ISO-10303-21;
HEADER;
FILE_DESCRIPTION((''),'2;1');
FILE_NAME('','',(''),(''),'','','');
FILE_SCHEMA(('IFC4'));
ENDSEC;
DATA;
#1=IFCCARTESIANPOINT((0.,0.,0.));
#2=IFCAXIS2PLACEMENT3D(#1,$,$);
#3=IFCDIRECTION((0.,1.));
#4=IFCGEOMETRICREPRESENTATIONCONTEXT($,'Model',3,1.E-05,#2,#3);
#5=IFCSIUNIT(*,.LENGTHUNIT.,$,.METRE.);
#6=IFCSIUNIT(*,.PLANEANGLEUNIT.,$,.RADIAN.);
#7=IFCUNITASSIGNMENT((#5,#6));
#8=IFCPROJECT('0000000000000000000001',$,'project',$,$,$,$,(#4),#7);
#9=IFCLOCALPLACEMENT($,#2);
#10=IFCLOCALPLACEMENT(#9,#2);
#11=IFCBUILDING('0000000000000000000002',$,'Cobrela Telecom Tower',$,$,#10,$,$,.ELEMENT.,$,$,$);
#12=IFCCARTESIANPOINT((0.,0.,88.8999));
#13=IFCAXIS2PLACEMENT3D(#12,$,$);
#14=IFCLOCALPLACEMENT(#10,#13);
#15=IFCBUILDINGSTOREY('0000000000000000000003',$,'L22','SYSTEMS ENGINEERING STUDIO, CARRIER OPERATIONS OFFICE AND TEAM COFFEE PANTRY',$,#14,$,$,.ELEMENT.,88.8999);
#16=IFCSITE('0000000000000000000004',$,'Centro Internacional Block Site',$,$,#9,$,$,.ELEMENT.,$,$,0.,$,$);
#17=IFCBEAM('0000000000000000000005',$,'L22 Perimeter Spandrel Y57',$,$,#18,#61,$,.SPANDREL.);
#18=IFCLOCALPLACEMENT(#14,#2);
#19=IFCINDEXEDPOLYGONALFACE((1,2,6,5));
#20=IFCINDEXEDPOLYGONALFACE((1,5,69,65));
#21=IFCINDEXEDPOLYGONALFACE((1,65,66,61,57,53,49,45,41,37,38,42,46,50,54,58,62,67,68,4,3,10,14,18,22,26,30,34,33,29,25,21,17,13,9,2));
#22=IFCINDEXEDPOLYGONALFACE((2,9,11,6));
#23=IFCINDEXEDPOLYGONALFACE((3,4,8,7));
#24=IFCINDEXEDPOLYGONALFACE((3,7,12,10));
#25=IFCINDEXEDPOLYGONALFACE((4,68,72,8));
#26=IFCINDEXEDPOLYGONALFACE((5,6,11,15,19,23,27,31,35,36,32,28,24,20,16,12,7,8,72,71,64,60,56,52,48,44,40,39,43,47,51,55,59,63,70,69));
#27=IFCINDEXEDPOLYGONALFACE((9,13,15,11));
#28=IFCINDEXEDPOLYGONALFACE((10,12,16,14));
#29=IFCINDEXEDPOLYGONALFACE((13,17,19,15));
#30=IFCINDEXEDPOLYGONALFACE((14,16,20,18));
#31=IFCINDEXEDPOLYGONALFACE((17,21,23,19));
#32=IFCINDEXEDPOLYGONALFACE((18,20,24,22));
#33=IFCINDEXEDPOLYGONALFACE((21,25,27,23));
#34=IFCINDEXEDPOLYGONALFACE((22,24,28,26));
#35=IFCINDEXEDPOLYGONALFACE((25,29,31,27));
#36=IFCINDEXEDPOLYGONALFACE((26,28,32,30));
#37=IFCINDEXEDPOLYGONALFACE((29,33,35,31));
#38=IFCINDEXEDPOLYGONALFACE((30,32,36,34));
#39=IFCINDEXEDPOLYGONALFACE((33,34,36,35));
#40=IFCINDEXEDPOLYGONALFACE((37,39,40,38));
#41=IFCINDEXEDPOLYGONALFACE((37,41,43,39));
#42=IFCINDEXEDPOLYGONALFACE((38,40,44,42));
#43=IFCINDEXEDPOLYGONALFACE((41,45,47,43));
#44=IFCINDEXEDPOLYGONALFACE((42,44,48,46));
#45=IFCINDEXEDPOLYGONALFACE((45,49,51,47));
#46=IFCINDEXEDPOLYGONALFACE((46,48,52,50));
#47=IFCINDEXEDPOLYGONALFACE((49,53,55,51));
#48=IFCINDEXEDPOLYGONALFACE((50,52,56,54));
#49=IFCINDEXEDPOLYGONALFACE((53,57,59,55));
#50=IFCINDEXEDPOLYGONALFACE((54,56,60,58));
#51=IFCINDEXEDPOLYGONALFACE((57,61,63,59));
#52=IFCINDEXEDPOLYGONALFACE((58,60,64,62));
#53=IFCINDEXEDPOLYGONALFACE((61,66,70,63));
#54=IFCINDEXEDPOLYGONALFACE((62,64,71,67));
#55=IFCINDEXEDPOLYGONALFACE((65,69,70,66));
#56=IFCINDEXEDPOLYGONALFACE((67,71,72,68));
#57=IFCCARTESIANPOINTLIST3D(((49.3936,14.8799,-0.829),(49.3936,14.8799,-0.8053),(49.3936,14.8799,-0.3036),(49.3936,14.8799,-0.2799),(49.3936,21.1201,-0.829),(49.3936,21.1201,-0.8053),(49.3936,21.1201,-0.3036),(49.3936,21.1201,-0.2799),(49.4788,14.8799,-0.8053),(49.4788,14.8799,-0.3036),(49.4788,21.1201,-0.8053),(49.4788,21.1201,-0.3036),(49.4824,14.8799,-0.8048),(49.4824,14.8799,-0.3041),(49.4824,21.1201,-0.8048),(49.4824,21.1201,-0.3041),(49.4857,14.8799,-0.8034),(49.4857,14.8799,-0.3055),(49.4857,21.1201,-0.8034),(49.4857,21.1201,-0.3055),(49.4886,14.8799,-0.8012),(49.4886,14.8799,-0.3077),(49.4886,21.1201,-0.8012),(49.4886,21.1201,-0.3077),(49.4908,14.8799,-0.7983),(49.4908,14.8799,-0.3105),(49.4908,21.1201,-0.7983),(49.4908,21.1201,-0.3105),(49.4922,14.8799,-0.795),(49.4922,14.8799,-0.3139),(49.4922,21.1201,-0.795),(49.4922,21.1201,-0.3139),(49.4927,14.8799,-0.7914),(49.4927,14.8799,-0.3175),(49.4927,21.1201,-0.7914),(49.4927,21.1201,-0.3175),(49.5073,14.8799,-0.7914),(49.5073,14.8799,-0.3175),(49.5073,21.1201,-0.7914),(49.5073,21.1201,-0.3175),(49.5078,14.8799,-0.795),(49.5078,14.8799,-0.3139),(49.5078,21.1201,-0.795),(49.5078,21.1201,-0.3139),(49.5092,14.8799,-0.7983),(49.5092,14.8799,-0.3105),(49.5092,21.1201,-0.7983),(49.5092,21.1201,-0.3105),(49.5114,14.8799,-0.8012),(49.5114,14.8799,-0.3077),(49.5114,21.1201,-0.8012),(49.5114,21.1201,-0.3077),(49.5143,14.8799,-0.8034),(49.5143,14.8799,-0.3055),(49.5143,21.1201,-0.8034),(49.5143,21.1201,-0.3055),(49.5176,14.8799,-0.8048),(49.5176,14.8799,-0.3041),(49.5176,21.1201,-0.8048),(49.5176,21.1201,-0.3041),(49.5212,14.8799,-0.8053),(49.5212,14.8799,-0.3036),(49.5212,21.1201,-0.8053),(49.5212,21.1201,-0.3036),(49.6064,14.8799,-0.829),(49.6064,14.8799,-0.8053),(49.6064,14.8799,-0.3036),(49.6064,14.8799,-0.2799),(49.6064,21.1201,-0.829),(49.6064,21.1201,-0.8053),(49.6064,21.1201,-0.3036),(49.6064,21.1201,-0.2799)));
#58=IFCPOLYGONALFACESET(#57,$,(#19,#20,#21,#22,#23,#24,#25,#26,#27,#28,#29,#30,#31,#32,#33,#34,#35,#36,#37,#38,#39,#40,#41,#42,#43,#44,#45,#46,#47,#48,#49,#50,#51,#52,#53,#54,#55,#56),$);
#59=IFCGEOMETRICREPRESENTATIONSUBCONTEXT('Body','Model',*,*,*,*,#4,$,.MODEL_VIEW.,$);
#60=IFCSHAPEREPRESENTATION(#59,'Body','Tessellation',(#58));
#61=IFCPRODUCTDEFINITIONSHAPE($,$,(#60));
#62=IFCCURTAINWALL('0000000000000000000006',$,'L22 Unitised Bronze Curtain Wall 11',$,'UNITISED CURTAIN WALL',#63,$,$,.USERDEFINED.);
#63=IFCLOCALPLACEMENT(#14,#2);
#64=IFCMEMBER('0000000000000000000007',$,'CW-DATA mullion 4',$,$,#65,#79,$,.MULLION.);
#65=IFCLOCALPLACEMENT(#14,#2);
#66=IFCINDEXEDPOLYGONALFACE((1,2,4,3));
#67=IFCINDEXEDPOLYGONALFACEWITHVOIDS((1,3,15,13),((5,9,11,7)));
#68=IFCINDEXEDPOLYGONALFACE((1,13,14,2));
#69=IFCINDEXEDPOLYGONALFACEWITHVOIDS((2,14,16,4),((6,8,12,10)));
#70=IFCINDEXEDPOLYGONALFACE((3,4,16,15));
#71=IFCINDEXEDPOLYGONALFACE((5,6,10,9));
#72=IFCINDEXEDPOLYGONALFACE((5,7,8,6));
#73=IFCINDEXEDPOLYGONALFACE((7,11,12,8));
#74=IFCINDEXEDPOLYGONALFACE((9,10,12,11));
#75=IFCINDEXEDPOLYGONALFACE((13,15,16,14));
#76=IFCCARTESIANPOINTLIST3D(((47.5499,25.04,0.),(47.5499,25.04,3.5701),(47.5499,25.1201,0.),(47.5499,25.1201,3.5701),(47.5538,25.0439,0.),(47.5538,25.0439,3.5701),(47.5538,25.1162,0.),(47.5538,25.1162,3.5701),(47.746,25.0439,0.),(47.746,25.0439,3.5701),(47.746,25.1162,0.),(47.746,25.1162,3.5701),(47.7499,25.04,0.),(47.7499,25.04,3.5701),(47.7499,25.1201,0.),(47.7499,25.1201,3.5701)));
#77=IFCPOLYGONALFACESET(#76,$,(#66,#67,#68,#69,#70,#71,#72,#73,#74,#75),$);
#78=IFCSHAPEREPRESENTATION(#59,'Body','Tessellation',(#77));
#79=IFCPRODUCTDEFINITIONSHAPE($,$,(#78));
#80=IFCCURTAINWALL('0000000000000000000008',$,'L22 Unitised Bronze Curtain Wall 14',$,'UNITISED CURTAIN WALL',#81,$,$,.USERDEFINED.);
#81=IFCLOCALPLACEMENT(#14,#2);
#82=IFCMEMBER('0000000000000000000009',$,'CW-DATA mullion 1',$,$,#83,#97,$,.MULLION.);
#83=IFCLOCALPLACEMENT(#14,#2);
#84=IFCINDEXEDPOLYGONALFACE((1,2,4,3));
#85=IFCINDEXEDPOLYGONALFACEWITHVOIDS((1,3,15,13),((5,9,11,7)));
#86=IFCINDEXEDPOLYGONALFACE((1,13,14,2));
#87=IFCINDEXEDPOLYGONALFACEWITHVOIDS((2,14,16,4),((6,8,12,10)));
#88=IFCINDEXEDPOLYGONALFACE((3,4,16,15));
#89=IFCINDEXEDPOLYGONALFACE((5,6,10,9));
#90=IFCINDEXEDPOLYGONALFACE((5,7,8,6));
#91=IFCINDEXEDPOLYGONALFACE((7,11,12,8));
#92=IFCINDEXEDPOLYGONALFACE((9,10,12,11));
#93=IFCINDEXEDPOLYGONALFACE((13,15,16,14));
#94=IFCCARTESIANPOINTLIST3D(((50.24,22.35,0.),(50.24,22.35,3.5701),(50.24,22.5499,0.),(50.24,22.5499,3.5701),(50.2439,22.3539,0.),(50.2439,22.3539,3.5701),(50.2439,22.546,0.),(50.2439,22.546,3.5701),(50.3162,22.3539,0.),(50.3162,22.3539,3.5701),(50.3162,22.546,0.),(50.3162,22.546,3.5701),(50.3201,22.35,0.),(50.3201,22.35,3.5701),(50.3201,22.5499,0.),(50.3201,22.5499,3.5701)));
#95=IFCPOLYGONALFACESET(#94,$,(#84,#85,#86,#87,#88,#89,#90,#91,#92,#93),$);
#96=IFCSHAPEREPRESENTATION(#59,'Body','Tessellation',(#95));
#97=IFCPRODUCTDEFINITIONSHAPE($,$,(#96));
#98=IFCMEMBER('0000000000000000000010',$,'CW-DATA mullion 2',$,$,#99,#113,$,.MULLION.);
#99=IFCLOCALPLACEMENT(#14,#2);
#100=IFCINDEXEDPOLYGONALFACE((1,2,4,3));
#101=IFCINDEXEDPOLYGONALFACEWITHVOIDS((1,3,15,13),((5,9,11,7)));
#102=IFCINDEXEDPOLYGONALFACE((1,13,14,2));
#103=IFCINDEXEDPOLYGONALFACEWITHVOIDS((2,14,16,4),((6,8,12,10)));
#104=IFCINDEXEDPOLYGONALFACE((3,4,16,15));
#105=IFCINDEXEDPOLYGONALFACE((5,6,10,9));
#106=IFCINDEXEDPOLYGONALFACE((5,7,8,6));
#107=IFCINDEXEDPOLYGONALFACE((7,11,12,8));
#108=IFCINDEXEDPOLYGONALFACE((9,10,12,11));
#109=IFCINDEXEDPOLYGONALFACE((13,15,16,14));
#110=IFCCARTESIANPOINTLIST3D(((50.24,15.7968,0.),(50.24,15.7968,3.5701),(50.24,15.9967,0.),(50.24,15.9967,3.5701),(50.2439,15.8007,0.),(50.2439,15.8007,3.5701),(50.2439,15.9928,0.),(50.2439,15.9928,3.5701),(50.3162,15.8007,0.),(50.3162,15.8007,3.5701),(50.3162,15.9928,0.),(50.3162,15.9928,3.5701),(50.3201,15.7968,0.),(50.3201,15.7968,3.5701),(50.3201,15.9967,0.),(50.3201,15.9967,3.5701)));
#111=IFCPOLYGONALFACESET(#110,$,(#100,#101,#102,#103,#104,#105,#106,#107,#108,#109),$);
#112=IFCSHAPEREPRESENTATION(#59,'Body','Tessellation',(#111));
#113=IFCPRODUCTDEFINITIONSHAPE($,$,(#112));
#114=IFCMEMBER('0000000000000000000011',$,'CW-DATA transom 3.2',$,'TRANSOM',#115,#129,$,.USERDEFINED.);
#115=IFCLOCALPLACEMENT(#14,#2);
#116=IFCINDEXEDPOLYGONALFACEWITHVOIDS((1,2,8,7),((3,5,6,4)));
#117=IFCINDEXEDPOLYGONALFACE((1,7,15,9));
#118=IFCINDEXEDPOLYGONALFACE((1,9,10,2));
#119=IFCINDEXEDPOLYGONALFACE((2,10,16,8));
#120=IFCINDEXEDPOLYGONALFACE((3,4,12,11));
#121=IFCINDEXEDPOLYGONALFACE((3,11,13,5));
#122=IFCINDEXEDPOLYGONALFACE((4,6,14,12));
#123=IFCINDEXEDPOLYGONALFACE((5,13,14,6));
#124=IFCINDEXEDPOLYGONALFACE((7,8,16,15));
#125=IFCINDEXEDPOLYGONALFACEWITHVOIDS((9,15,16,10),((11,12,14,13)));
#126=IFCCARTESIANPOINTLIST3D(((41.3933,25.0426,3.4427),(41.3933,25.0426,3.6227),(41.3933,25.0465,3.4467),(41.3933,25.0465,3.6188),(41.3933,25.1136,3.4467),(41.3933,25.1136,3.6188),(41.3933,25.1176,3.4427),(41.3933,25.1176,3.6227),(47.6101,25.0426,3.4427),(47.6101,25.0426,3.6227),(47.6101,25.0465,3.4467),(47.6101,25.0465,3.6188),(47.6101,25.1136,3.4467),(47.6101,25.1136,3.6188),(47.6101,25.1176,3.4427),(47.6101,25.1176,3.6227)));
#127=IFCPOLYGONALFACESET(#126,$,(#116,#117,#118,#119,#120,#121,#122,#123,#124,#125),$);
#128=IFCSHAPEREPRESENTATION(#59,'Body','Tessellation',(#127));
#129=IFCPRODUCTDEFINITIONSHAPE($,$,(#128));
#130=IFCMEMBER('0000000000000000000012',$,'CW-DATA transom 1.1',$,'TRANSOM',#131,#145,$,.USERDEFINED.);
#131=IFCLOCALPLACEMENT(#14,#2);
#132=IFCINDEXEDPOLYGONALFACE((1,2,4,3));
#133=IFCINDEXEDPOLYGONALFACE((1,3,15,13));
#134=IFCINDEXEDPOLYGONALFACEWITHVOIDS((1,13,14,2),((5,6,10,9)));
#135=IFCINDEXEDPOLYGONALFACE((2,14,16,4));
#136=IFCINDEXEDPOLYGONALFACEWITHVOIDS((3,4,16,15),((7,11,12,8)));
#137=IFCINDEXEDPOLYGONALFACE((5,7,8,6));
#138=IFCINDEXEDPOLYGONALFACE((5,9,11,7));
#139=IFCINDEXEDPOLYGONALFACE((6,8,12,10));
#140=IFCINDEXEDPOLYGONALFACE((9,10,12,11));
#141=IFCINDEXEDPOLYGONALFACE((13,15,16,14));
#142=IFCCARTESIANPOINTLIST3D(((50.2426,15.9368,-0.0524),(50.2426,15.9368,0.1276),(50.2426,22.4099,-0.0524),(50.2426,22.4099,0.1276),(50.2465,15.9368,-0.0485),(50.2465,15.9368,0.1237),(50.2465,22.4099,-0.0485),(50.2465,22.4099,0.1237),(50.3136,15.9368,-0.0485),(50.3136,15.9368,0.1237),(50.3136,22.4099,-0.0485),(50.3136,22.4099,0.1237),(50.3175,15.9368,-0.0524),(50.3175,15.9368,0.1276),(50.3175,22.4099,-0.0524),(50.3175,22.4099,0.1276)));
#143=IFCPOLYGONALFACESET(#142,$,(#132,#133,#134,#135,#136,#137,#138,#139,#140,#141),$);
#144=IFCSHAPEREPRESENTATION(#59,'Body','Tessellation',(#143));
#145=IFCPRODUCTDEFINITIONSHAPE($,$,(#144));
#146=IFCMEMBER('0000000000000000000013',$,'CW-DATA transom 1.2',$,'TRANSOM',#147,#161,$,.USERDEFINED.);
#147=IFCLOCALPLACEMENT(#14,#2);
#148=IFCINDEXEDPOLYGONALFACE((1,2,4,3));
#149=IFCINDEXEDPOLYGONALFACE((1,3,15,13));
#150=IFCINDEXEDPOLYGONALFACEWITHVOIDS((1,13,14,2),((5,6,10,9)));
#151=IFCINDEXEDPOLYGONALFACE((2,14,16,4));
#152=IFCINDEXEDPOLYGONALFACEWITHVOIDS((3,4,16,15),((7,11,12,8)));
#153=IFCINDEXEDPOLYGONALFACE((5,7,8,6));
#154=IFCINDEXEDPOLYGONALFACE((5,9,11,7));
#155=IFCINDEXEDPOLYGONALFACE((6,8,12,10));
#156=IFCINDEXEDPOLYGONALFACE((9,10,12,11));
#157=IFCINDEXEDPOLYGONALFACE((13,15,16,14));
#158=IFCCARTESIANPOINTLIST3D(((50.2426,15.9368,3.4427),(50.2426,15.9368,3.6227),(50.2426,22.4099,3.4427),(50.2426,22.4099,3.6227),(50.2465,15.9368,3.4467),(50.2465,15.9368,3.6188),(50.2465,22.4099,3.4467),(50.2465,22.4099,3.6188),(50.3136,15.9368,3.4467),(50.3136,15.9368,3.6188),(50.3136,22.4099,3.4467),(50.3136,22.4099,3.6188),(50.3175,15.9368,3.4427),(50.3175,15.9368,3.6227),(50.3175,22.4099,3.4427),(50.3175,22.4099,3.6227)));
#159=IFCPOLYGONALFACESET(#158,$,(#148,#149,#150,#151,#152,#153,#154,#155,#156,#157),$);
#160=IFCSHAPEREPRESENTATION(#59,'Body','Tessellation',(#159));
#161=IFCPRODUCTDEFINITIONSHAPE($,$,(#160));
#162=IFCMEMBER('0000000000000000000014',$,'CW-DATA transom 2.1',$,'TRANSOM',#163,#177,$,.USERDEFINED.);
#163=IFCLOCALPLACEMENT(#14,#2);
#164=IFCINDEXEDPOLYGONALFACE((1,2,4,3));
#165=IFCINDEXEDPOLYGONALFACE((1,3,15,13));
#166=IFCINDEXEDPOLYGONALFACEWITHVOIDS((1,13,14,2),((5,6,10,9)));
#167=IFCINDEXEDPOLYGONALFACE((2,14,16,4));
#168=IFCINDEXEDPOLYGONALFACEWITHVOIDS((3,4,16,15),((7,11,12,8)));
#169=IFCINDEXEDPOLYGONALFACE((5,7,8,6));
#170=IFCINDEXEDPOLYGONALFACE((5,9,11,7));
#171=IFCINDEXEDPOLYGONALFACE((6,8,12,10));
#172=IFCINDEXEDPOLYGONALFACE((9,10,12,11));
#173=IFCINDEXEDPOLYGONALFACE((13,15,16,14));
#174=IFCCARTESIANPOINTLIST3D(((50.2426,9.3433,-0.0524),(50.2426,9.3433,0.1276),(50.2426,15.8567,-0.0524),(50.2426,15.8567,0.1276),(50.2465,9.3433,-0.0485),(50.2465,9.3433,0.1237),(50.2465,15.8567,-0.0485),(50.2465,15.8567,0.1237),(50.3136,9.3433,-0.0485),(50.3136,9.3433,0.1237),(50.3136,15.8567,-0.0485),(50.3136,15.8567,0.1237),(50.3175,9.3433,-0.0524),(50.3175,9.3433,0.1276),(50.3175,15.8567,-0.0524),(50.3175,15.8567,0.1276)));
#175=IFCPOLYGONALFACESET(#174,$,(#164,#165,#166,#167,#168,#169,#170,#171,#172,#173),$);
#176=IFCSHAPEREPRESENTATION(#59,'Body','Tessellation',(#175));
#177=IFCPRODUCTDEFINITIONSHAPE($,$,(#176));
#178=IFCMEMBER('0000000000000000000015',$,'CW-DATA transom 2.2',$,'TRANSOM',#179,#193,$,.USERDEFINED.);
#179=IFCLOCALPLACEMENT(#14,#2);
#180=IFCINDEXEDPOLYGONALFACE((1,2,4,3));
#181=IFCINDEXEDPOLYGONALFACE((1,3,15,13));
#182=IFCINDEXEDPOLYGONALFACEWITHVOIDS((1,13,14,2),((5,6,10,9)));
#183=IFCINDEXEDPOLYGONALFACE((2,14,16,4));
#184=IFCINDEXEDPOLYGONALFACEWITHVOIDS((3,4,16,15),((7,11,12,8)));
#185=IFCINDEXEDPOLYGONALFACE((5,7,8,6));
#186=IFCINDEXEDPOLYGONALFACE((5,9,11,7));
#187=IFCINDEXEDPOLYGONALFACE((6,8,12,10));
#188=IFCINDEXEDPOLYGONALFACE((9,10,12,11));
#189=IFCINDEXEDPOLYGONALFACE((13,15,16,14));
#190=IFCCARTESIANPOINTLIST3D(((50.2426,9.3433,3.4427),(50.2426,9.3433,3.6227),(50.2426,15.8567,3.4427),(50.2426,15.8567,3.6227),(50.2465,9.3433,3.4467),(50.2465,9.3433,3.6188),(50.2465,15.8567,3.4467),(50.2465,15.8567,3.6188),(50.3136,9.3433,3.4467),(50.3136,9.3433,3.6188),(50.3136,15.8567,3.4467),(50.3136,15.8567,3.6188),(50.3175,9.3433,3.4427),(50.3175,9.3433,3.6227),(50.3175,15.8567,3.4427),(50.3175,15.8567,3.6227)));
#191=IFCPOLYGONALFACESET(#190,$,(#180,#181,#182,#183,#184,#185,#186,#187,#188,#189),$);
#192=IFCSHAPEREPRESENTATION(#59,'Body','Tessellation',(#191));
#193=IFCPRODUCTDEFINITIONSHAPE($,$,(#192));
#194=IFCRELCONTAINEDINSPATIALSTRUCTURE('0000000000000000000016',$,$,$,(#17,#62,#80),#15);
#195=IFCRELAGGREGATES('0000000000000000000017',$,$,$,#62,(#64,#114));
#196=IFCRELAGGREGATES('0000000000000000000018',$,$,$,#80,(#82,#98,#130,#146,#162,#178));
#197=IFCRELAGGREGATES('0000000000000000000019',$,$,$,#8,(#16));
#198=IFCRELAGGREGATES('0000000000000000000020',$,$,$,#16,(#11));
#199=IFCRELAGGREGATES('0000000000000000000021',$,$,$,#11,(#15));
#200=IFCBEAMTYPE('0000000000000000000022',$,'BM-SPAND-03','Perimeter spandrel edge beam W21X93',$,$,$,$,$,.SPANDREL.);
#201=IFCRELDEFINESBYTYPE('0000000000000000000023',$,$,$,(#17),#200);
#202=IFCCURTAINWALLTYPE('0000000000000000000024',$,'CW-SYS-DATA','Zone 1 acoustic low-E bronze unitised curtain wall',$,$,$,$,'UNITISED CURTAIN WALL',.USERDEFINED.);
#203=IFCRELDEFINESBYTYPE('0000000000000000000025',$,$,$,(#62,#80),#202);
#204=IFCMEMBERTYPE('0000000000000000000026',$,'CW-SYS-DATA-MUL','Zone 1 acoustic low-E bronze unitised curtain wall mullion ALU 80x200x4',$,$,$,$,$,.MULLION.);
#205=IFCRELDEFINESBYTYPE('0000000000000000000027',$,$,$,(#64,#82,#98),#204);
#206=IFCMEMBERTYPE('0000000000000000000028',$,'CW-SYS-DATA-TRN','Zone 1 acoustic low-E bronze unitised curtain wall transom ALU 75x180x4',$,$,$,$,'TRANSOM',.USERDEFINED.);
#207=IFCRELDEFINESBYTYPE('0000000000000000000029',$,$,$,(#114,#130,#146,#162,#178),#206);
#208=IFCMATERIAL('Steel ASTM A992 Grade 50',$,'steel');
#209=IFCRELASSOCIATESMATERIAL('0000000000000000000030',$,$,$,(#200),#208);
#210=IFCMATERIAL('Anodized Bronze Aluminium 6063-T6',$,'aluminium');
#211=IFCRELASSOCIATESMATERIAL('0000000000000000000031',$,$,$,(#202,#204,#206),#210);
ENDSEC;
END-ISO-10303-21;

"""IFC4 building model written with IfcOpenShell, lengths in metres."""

from ifc_helpers import new_model, si_unit, direction, frame, origin, origin_2d, place, context, subcontext, project, spatial, hollow_rectangle, i_section, extrude, material, material_profile, profile_set, type_object, element, aggregate, save


model = new_model("IFC4")

# Units and contexts
model_context = context("Model", 3, precision=1e-05, world=origin(), true_north=direction((0.0, 1.0)))
body_context = subcontext(model_context, "Body", "Model", "MODEL_VIEW")
ifc_project = project(units=[si_unit("LENGTHUNIT", "METRE"), si_unit("PLANEANGLEUNIT", "RADIAN")], contexts=[model_context])

# Site, building, storey
site_placement = place(None, origin())
site = spatial("IfcSite", under=ifc_project, at=site_placement, Name="Centro Internacional Block Site", CompositionType="ELEMENT", RefElevation=0.0)
building_placement = place(site_placement, origin())
building = spatial("IfcBuilding", under=site, at=building_placement, Name="Cobrela Telecom Tower", CompositionType="ELEMENT")
storey_placement = place(building_placement, frame((0.0, 0.0, 88.8999)))
storey = spatial("IfcBuildingStorey", under=building, at=storey_placement, Name="L22", Description="SYSTEMS ENGINEERING STUDIO, CARRIER OPERATIONS OFFICE AND TEAM COFFEE PANTRY", CompositionType="ELEMENT", Elevation=88.8999)

# Shared definitions
ifc_material_1 = material(Name="Steel ASTM A992 Grade 50", Category="steel")

# Beam
ifc_material_profile_1 = material_profile(ifc_material_1, i_section(OverallWidth=0.2129, OverallDepth=0.5491, WebThickness=0.0146, FlangeThickness=0.0237, FilletRadius=0.0139, at=origin_2d()), Name="W21X93")
ifc_profile_set_1 = profile_set([ifc_material_profile_1], Name="Steel ASTM A992 Grade 50")
beam_type_1 = type_object("IfcBeamType", Name="BM-SPAND-03", Description="Perimeter spandrel edge beam W21X93", PredefinedType="SPANDREL", material=ifc_profile_set_1)
beam_1_placement = place(storey_placement, frame((49.5, 14.8799, -0.5544), z_axis=(0.0, 1.0, 0.0), x_axis=(-1.0, 0.0, 0.0)))
element("IfcBeam", 1, at=beam_1_placement, inside=storey, type_object=beam_type_1, Name="L22 Perimeter Spandrel Y57", PredefinedType="SPANDREL", context=body_context, shape_type="SweptSolid", body=[
    extrude(i_section(OverallWidth=0.2129, OverallDepth=0.5491, WebThickness=0.0146, FlangeThickness=0.0237, FilletRadius=0.0139, at=origin_2d()), origin(), (0.0, 0.0, 1.0), 6.2402),
])

# Curtain wall, member
ifc_material_2 = material(Name="Anodized Bronze Aluminium 6063-T6", Category="aluminium")
curtain_wall_type = type_object("IfcCurtainWallType", Name="CW-SYS-DATA", Description="Zone 1 acoustic low-E bronze unitised curtain wall", ElementType="UNITISED CURTAIN WALL", PredefinedType="USERDEFINED", material=ifc_material_2)
curtain_wall_1_placement = place(storey_placement, origin())
curtain_wall_1 = element("IfcCurtainWall", 2, at=curtain_wall_1_placement, inside=storey, type_object=curtain_wall_type, Name="L22 Unitised Bronze Curtain Wall 11", ObjectType="UNITISED CURTAIN WALL", PredefinedType="USERDEFINED")
ifc_material_profile_2 = material_profile(ifc_material_2, hollow_rectangle(XDim=0.0801, YDim=0.2, WallThickness=0.0039, at=origin_2d()), Name="ALU 80x200x4")
ifc_profile_set_2 = profile_set([ifc_material_profile_2], Name="Anodized Bronze Aluminium 6063-T6")
member_type_1 = type_object("IfcMemberType", Name="CW-SYS-DATA-MUL", Description="Zone 1 acoustic low-E bronze unitised curtain wall mullion ALU 80x200x4", PredefinedType="MULLION", material=ifc_profile_set_2)
member_1_placement = place(storey_placement, frame((47.6499, 25.0801, 0.0), z_axis=(0.0, 0.0, 1.0), x_axis=(0.0, 1.0, 0.0)))
member_1 = element("IfcMember", 3, at=member_1_placement, type_object=member_type_1, Name="CW-DATA mullion 4", PredefinedType="MULLION", context=body_context, shape_type="SweptSolid", body=[
    extrude(hollow_rectangle(XDim=0.0801, YDim=0.2, WallThickness=0.0039, at=origin_2d()), origin(), (0.0, 0.0, 1.0), 3.5701),
])

# Curtain wall, members
curtain_wall_2_placement = place(storey_placement, origin())
curtain_wall_2 = element("IfcCurtainWall", 4, at=curtain_wall_2_placement, inside=storey, type_object=curtain_wall_type, Name="L22 Unitised Bronze Curtain Wall 14", ObjectType="UNITISED CURTAIN WALL", PredefinedType="USERDEFINED")
member_2_placement = place(storey_placement, frame((50.28, 22.45, 0.0), z_axis=(0.0, 0.0, 1.0), x_axis=(1.0, 0.0, 0.0)))
member_2 = element("IfcMember", 5, at=member_2_placement, type_object=member_type_1, Name="CW-DATA mullion 1", PredefinedType="MULLION", context=body_context, shape_type="SweptSolid", body=[
    extrude(hollow_rectangle(XDim=0.0801, YDim=0.2, WallThickness=0.0039, at=origin_2d()), origin(), (0.0, 0.0, 1.0), 3.5701),
])
member_3_placement = place(storey_placement, frame((50.28, 15.8967, 0.0), z_axis=(0.0, 0.0, 1.0), x_axis=(1.0, 0.0, 0.0)))
member_3 = element("IfcMember", 6, at=member_3_placement, type_object=member_type_1, Name="CW-DATA mullion 2", PredefinedType="MULLION", context=body_context, shape_type="SweptSolid", body=[
    extrude(hollow_rectangle(XDim=0.0801, YDim=0.2, WallThickness=0.0039, at=origin_2d()), origin(), (0.0, 0.0, 1.0), 3.5701),
])

# Members
ifc_material_profile_3 = material_profile(ifc_material_2, hollow_rectangle(XDim=0.075, YDim=0.1799, WallThickness=0.0039, at=origin_2d()), Name="ALU 75x180x4")
ifc_profile_set_3 = profile_set([ifc_material_profile_3], Name="Anodized Bronze Aluminium 6063-T6")
member_type_2 = type_object("IfcMemberType", Name="CW-SYS-DATA-TRN", Description="Zone 1 acoustic low-E bronze unitised curtain wall transom ALU 75x180x4", ElementType="TRANSOM", PredefinedType="USERDEFINED", material=ifc_profile_set_3)
member_4_placement = place(storey_placement, frame((41.3933, 25.0801, 3.5327), z_axis=(1.0, 0.0, 0.0), x_axis=(0.0, 1.0, 0.0)))
member_4 = element("IfcMember", 7, at=member_4_placement, type_object=member_type_2, Name="CW-DATA transom 3.2", ObjectType="TRANSOM", PredefinedType="USERDEFINED", context=body_context, shape_type="SweptSolid", body=[
    extrude(hollow_rectangle(XDim=0.075, YDim=0.1799, WallThickness=0.0039, at=origin_2d()), origin(), (0.0, 0.0, 1.0), 6.2168),
])
member_5_placement = place(storey_placement, frame((50.28, 22.4099, 0.0376), z_axis=(0.0, -1.0, 0.0), x_axis=(1.0, 0.0, 0.0)))
member_5 = element("IfcMember", 8, at=member_5_placement, type_object=member_type_2, Name="CW-DATA transom 1.1", ObjectType="TRANSOM", PredefinedType="USERDEFINED", context=body_context, shape_type="SweptSolid", body=[
    extrude(hollow_rectangle(XDim=0.075, YDim=0.1799, WallThickness=0.0039, at=origin_2d()), origin(), (0.0, 0.0, 1.0), 6.4731),
])
member_6_placement = place(storey_placement, frame((50.28, 22.4099, 3.5327), z_axis=(0.0, -1.0, 0.0), x_axis=(1.0, 0.0, 0.0)))
member_6 = element("IfcMember", 9, at=member_6_placement, type_object=member_type_2, Name="CW-DATA transom 1.2", ObjectType="TRANSOM", PredefinedType="USERDEFINED", context=body_context, shape_type="SweptSolid", body=[
    extrude(hollow_rectangle(XDim=0.075, YDim=0.1799, WallThickness=0.0039, at=origin_2d()), origin(), (0.0, 0.0, 1.0), 6.4731),
])
member_7_placement = place(storey_placement, frame((50.28, 15.8567, 0.0376), z_axis=(0.0, -1.0, 0.0), x_axis=(1.0, 0.0, 0.0)))
member_7 = element("IfcMember", 10, at=member_7_placement, type_object=member_type_2, Name="CW-DATA transom 2.1", ObjectType="TRANSOM", PredefinedType="USERDEFINED", context=body_context, shape_type="SweptSolid", body=[
    extrude(hollow_rectangle(XDim=0.075, YDim=0.1799, WallThickness=0.0039, at=origin_2d()), origin(), (0.0, 0.0, 1.0), 6.5134),
])
member_8_placement = place(storey_placement, frame((50.28, 15.8567, 3.5327), z_axis=(0.0, -1.0, 0.0), x_axis=(1.0, 0.0, 0.0)))
member_8 = element("IfcMember", 11, at=member_8_placement, type_object=member_type_2, Name="CW-DATA transom 2.2", ObjectType="TRANSOM", PredefinedType="USERDEFINED", context=body_context, shape_type="SweptSolid", body=[
    extrude(hollow_rectangle(XDim=0.075, YDim=0.1799, WallThickness=0.0039, at=origin_2d()), origin(), (0.0, 0.0, 1.0), 6.5134),
])

aggregate(curtain_wall_1, [member_1, member_4])
aggregate(curtain_wall_2, [member_2, member_3, member_5, member_6, member_7, member_8])

save(model, "model.ifc")
